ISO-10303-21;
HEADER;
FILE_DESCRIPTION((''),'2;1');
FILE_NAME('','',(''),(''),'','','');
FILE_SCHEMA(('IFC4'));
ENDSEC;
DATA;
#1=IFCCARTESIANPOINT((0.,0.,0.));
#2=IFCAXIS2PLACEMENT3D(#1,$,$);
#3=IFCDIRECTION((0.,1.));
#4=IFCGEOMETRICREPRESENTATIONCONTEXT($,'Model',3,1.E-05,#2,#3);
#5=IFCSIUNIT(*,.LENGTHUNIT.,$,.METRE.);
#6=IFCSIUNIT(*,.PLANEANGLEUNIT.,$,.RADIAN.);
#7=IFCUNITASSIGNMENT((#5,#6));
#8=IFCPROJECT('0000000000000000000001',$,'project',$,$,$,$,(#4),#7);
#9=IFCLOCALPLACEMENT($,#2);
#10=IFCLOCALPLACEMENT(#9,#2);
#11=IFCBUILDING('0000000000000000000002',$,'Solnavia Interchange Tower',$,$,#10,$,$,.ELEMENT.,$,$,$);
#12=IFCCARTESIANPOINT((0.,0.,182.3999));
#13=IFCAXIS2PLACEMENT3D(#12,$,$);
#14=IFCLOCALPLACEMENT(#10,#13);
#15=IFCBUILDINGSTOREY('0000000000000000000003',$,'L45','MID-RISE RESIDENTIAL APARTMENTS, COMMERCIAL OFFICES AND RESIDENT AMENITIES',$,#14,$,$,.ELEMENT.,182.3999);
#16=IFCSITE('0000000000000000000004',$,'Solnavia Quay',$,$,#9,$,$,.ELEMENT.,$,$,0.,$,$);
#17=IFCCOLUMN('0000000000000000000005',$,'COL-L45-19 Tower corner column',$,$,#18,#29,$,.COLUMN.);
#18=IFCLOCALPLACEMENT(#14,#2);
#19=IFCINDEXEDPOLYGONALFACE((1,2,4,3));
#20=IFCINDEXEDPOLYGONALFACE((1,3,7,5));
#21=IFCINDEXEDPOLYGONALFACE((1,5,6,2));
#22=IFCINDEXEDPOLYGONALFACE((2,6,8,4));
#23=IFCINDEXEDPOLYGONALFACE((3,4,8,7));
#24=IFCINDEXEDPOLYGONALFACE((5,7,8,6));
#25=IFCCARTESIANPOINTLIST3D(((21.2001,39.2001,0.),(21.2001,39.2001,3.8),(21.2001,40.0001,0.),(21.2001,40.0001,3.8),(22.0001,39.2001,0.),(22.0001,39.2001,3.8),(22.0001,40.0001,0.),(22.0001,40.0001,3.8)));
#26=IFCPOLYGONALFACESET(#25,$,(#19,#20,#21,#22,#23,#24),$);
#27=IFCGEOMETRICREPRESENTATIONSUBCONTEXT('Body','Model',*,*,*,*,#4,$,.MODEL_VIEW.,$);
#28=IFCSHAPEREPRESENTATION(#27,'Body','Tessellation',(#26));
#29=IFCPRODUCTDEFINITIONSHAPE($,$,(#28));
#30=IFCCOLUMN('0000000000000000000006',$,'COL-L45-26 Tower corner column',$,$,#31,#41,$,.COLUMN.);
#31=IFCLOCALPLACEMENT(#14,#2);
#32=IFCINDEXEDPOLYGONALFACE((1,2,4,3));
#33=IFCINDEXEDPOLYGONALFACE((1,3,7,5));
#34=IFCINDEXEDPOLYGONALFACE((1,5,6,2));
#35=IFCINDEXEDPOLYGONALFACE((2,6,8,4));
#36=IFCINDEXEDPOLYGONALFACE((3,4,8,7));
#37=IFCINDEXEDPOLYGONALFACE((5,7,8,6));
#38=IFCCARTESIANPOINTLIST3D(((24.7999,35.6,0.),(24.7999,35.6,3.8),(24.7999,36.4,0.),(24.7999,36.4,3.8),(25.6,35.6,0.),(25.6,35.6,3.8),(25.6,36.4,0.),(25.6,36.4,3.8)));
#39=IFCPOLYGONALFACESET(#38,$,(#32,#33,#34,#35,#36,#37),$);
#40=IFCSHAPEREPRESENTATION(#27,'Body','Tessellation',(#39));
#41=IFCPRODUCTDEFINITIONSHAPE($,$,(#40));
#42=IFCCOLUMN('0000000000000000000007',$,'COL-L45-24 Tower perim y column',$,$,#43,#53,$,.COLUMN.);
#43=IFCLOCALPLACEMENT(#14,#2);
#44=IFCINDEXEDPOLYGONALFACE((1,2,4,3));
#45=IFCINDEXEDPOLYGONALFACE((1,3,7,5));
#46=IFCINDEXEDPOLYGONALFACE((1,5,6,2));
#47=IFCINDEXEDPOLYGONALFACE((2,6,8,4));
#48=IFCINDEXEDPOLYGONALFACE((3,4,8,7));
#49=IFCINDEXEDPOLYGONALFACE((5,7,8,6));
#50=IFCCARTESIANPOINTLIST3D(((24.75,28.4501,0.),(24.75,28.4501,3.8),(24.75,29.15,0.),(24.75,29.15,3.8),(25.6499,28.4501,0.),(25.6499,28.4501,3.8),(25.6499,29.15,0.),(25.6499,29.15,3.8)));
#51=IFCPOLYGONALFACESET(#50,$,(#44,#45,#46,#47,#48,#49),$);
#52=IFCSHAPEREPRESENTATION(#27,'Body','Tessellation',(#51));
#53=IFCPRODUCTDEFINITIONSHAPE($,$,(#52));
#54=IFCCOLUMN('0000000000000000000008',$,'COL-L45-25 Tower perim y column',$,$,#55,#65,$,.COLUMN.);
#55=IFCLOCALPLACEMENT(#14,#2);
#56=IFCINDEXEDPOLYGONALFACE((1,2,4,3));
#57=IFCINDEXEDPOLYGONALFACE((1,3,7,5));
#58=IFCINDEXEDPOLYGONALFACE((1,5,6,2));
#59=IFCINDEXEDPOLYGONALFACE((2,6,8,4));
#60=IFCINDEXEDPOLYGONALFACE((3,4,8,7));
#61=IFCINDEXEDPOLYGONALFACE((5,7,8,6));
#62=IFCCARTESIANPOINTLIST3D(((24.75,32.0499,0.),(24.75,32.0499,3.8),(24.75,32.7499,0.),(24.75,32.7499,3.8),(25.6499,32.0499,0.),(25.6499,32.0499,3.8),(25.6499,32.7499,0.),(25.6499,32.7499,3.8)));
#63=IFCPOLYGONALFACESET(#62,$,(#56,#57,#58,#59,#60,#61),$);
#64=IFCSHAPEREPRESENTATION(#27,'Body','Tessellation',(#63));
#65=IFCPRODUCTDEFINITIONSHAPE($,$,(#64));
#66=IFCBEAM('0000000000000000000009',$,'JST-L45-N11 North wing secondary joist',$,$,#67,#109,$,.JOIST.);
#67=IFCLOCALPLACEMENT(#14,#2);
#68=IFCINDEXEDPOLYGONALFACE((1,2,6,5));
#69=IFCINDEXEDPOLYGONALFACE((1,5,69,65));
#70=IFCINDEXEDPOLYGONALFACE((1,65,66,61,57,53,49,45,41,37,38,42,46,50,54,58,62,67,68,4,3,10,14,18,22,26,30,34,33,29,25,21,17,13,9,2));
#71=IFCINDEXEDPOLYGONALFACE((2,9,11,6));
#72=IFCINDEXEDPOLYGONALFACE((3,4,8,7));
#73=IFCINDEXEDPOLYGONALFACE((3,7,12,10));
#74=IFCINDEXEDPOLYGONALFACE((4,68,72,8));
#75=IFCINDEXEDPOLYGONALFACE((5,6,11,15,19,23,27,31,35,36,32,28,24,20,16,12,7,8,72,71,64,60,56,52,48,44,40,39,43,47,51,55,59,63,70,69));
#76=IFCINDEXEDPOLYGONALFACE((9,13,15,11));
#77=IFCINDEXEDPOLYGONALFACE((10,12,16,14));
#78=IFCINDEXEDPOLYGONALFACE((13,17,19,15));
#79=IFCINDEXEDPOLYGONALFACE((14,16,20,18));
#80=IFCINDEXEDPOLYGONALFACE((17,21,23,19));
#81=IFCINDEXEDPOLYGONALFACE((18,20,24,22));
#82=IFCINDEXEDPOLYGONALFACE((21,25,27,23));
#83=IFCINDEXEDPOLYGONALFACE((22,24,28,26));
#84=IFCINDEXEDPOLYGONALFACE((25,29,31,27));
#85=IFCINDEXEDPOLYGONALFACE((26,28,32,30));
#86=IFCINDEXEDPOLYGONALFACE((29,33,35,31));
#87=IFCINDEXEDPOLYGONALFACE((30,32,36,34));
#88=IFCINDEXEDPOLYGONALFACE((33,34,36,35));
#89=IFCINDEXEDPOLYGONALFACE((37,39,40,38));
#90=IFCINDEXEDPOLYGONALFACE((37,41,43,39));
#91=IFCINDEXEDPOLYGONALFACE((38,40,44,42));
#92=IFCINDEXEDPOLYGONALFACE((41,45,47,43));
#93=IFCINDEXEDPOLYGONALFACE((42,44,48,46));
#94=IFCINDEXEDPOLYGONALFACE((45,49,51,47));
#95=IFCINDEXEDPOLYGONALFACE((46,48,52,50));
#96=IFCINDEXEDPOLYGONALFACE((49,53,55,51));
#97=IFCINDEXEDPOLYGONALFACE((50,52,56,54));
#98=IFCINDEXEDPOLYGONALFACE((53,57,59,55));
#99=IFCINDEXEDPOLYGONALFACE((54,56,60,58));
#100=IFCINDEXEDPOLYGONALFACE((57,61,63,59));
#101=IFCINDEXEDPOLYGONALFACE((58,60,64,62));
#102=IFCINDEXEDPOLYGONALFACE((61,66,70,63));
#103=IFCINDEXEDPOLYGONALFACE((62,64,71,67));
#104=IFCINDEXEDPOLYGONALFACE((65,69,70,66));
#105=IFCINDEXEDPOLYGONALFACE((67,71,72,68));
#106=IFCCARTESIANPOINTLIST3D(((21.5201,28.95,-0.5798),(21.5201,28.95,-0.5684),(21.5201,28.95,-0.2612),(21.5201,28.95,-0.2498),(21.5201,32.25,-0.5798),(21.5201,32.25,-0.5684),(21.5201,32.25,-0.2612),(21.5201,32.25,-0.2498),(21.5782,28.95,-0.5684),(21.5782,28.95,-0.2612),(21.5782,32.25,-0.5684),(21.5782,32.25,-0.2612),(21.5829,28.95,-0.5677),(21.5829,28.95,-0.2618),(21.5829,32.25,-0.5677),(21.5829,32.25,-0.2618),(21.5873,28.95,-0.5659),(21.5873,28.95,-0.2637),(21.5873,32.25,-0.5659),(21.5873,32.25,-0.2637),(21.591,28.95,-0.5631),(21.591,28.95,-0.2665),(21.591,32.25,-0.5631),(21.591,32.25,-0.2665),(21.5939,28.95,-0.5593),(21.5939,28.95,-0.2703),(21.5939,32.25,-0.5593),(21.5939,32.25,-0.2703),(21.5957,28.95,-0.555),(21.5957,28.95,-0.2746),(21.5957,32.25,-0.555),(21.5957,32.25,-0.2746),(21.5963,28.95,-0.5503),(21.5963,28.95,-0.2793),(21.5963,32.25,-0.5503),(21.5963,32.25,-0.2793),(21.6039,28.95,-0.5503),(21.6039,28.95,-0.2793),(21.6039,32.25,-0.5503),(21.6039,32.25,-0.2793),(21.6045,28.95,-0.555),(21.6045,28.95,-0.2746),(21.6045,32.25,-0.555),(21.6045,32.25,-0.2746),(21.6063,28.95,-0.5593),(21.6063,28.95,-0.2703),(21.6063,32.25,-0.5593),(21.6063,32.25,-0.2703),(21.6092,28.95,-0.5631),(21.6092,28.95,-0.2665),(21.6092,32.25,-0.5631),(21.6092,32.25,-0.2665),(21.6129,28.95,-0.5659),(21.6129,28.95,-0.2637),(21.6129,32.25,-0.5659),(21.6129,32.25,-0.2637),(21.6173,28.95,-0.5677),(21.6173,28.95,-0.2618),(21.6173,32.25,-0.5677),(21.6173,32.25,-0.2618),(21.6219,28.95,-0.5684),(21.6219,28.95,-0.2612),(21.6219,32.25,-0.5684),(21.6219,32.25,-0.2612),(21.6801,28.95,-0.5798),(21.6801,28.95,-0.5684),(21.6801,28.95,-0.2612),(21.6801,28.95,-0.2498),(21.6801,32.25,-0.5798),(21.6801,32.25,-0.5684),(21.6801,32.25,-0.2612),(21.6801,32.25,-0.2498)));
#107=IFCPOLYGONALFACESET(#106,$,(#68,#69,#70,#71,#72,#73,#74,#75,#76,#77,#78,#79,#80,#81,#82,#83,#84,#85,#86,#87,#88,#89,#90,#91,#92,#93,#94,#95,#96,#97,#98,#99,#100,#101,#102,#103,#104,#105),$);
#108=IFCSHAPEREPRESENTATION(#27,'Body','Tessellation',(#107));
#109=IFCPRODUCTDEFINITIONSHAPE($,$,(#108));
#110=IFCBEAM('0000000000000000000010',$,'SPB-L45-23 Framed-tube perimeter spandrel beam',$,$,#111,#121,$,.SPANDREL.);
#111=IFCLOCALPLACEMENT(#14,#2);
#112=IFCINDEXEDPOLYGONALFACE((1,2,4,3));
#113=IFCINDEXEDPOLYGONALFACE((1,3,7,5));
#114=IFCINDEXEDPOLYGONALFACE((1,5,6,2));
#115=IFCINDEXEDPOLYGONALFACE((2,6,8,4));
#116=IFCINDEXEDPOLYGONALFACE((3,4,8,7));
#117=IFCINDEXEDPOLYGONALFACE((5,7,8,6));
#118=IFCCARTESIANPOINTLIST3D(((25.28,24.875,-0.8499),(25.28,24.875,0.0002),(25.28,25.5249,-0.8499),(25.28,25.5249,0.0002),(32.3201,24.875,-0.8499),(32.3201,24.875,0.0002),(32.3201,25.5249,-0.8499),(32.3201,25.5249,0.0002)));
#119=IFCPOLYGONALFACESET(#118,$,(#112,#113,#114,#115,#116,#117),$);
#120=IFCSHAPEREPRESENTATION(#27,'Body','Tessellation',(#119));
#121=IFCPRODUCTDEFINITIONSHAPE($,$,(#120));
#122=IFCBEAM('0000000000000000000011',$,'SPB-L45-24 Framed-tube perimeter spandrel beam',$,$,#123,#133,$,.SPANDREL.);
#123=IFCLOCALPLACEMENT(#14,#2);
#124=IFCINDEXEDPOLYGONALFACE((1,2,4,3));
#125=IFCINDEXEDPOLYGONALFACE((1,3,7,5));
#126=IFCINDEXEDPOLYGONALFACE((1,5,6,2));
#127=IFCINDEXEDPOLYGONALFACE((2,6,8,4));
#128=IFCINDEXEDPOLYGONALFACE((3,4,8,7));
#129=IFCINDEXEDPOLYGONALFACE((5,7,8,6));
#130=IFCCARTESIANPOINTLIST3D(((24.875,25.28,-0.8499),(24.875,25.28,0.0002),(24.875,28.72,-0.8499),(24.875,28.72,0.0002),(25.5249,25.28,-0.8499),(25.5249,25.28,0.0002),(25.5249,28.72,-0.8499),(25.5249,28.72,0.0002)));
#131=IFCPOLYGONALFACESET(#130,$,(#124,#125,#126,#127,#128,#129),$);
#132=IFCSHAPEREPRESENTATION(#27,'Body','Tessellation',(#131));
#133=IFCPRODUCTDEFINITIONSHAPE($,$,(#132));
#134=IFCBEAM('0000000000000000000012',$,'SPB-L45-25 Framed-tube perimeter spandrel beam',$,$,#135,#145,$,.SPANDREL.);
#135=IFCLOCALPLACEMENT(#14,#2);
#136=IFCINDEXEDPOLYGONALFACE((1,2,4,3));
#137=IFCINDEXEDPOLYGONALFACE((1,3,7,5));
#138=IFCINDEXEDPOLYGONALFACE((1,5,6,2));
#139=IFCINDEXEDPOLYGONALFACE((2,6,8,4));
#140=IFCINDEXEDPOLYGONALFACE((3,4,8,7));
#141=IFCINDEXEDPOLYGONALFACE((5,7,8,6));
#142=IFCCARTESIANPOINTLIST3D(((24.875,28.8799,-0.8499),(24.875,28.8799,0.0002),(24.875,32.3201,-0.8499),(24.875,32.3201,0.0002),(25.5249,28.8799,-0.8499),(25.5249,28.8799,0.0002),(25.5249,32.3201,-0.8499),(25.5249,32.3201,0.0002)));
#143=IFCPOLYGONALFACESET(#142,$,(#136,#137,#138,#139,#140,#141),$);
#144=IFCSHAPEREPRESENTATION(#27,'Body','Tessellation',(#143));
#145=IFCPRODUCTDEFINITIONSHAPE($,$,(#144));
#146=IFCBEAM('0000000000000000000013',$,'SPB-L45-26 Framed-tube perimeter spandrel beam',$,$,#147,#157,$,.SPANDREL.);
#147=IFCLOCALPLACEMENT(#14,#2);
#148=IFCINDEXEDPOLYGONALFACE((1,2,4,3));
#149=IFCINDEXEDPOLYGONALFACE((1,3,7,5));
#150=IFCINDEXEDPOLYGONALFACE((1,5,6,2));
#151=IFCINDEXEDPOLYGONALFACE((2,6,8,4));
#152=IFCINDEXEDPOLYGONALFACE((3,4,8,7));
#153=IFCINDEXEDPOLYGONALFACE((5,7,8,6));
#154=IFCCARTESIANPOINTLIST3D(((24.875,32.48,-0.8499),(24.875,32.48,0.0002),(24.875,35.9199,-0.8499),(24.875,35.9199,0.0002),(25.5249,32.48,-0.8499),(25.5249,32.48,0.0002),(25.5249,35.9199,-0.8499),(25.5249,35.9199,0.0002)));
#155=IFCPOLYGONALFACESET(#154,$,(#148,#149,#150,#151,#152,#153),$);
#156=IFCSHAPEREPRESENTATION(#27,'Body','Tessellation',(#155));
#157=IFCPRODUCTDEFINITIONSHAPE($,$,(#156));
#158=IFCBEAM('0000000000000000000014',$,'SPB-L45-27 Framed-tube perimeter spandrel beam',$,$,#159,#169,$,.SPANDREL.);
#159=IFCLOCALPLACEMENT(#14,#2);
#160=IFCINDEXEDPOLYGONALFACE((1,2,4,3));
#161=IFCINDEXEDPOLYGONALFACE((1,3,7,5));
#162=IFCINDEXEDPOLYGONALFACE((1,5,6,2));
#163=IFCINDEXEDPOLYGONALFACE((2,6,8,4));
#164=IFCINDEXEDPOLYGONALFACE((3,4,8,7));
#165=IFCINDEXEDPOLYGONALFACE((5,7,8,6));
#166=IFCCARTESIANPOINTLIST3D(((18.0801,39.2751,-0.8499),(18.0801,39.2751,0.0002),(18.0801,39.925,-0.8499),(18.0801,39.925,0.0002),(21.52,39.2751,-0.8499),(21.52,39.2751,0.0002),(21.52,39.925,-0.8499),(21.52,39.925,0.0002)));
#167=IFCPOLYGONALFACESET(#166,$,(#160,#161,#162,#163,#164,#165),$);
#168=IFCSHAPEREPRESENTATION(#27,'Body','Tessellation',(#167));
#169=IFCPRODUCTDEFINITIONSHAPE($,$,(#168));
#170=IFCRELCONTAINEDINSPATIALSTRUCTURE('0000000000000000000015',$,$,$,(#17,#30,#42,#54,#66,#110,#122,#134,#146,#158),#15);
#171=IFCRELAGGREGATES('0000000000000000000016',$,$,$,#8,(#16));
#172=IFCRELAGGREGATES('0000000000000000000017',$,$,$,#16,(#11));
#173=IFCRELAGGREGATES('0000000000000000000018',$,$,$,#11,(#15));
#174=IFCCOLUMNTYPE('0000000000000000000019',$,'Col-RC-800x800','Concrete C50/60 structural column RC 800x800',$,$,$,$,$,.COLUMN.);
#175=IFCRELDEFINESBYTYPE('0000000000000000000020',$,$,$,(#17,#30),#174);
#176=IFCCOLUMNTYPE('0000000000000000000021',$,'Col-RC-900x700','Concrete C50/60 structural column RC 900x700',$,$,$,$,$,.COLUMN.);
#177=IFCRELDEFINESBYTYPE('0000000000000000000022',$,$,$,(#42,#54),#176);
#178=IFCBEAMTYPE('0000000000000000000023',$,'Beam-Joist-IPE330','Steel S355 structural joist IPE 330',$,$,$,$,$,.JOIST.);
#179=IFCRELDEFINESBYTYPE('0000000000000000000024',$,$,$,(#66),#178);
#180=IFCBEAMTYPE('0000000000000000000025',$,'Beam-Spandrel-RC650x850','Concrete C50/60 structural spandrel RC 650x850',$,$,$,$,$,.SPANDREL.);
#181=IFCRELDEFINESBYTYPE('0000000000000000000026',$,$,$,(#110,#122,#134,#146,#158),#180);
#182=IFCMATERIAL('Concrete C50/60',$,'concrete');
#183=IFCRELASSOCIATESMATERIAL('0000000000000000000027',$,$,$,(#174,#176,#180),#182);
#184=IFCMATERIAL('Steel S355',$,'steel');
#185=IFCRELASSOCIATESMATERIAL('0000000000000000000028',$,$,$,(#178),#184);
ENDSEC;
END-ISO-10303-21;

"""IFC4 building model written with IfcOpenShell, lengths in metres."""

from ifc_helpers import new_model, si_unit, direction, frame, origin, origin_2d, place, context, subcontext, project, spatial, rectangle, i_section, extrude, material, material_profile, profile_set, type_object, element, save


model = new_model("IFC4")

# Units and contexts
model_context = context("Model", 3, precision=1e-05, world=origin(), true_north=direction((0.0, 1.0)))
body_context = subcontext(model_context, "Body", "Model", "MODEL_VIEW")
ifc_project = project(units=[si_unit("LENGTHUNIT", "METRE"), si_unit("PLANEANGLEUNIT", "RADIAN")], contexts=[model_context])

# Site, building, storey
site_placement = place(None, origin())
site = spatial("IfcSite", under=ifc_project, at=site_placement, Name="Solnavia Quay", CompositionType="ELEMENT", RefElevation=0.0)
building_placement = place(site_placement, origin())
building = spatial("IfcBuilding", under=site, at=building_placement, Name="Solnavia Interchange Tower", CompositionType="ELEMENT")
storey_placement = place(building_placement, frame((0.0, 0.0, 182.3999)))
storey = spatial("IfcBuildingStorey", under=building, at=storey_placement, Name="L45", Description="MID-RISE RESIDENTIAL APARTMENTS, COMMERCIAL OFFICES AND RESIDENT AMENITIES", CompositionType="ELEMENT", Elevation=182.3999)

# Columns
ifc_material_1 = material(Name="Concrete C50/60", Category="concrete")
ifc_material_profile_1 = material_profile(ifc_material_1, rectangle(XDim=0.8, YDim=0.8, at=origin_2d()), Name="RC 800x800")
ifc_profile_set_1 = profile_set([ifc_material_profile_1], Name="Concrete C50/60")
column_type_1 = type_object("IfcColumnType", Name="Col-RC-800x800", Description="Concrete C50/60 structural column RC 800x800", PredefinedType="COLUMN", material=ifc_profile_set_1)
for number, where, z_axis, x_axis, name in (
    (1, (21.6001, 39.6001, 0.0), (0.0, 0.0, 1.0), (1.0, 0.0, 0.0), "COL-L45-19 Tower corner column"),
    (2, (25.2, 36.0, 0.0), (0.0, 0.0, 1.0), (0.0, 1.0, 0.0), "COL-L45-26 Tower corner column"),
):
    element("IfcColumn", number, at=place(storey_placement, frame(where, z_axis=z_axis, x_axis=x_axis)), inside=storey, type_object=column_type_1, Name=name, PredefinedType="COLUMN", context=body_context, shape_type="SweptSolid", body=[
        extrude(rectangle(XDim=0.8, YDim=0.8, at=origin_2d()), origin(), (0.0, 0.0, 1.0), 3.8),
    ])
ifc_material_profile_2 = material_profile(ifc_material_1, rectangle(XDim=0.7, YDim=0.8999, at=origin_2d()), Name="RC 900x700")
ifc_profile_set_2 = profile_set([ifc_material_profile_2], Name="Concrete C50/60")
column_type_2 = type_object("IfcColumnType", Name="Col-RC-900x700", Description="Concrete C50/60 structural column RC 900x700", PredefinedType="COLUMN", material=ifc_profile_set_2)
for number, where, z_axis, x_axis, name in (
    (3, (25.2, 28.8, 0.0), (0.0, 0.0, 1.0), (0.0, 1.0, 0.0), "COL-L45-24 Tower perim y column"),
    (4, (25.2, 32.3999, 0.0), (0.0, 0.0, 1.0), (0.0, 1.0, 0.0), "COL-L45-25 Tower perim y column"),
):
    element("IfcColumn", number, at=place(storey_placement, frame(where, z_axis=z_axis, x_axis=x_axis)), inside=storey, type_object=column_type_2, Name=name, PredefinedType="COLUMN", context=body_context, shape_type="SweptSolid", body=[
        extrude(rectangle(XDim=0.7, YDim=0.8999, at=origin_2d()), origin(), (0.0, 0.0, 1.0), 3.8),
    ])

# Beams
ifc_material_2 = material(Name="Steel S355", Category="steel")
ifc_material_profile_3 = material_profile(ifc_material_2, i_section(OverallWidth=0.1599, OverallDepth=0.3301, WebThickness=0.0076, FlangeThickness=0.0115, FilletRadius=0.0181, at=origin_2d()), Name="IPE 330")
ifc_profile_set_3 = profile_set([ifc_material_profile_3], Name="Steel S355")
beam_type_1 = type_object("IfcBeamType", Name="Beam-Joist-IPE330", Description="Steel S355 structural joist IPE 330", PredefinedType="JOIST", material=ifc_profile_set_3)
beam_1_placement = place(storey_placement, frame((21.6001, 28.95, -0.4148), z_axis=(0.0, 1.0, 0.0), x_axis=(-1.0, 0.0, 0.0)))
element("IfcBeam", 5, at=beam_1_placement, inside=storey, type_object=beam_type_1, Name="JST-L45-N11 North wing secondary joist", PredefinedType="JOIST", context=body_context, shape_type="SweptSolid", body=[
    extrude(i_section(OverallWidth=0.1599, OverallDepth=0.3301, WebThickness=0.0076, FlangeThickness=0.0115, FilletRadius=0.0181, at=origin_2d()), origin(), (0.0, 0.0, 1.0), 3.3),
])
ifc_material_profile_4 = material_profile(ifc_material_1, rectangle(XDim=0.6499, YDim=0.8501, at=origin_2d()), Name="RC 650x850")
ifc_profile_set_4 = profile_set([ifc_material_profile_4], Name="Concrete C50/60")
beam_type_2 = type_object("IfcBeamType", Name="Beam-Spandrel-RC650x850", Description="Concrete C50/60 structural spandrel RC 650x850", PredefinedType="SPANDREL", material=ifc_profile_set_4)
beam_2_placement = place(storey_placement, frame((32.3201, 25.2, -0.4248), z_axis=(-1.0, 0.0, 0.0), x_axis=(0.0, -1.0, 0.0)))
element("IfcBeam", 6, at=beam_2_placement, inside=storey, type_object=beam_type_2, Name="SPB-L45-23 Framed-tube perimeter spandrel beam", PredefinedType="SPANDREL", context=body_context, shape_type="SweptSolid", body=[
    extrude(rectangle(XDim=0.6499, YDim=0.8501, at=origin_2d()), origin(), (0.0, 0.0, 1.0), 7.04),
])
beam_3_placement = place(storey_placement, frame((25.2, 25.28, -0.4248), z_axis=(0.0, 1.0, 0.0), x_axis=(-1.0, 0.0, 0.0)))
element("IfcBeam", 7, at=beam_3_placement, inside=storey, type_object=beam_type_2, Name="SPB-L45-24 Framed-tube perimeter spandrel beam", PredefinedType="SPANDREL", context=body_context, shape_type="SweptSolid", body=[
    extrude(rectangle(XDim=0.6499, YDim=0.8501, at=origin_2d()), origin(), (0.0, 0.0, 1.0), 3.4399),
])
beam_4_placement = place(storey_placement, frame((25.2, 28.8799, -0.4248), z_axis=(0.0, 1.0, 0.0), x_axis=(-1.0, 0.0, 0.0)))
element("IfcBeam", 8, at=beam_4_placement, inside=storey, type_object=beam_type_2, Name="SPB-L45-25 Framed-tube perimeter spandrel beam", PredefinedType="SPANDREL", context=body_context, shape_type="SweptSolid", body=[
    extrude(rectangle(XDim=0.6499, YDim=0.8501, at=origin_2d()), origin(), (0.0, 0.0, 1.0), 3.4402),
])
for number, where, z_axis, x_axis, name in (
    (9, (25.2, 32.48, -0.4248), (0.0, 1.0, 0.0), (-1.0, 0.0, 0.0), "SPB-L45-26 Framed-tube perimeter spandrel beam"),
    (10, (21.52, 39.6001, -0.4248), (-1.0, 0.0, 0.0), (0.0, -1.0, 0.0), "SPB-L45-27 Framed-tube perimeter spandrel beam"),
):
    element("IfcBeam", number, at=place(storey_placement, frame(where, z_axis=z_axis, x_axis=x_axis)), inside=storey, type_object=beam_type_2, Name=name, PredefinedType="SPANDREL", context=body_context, shape_type="SweptSolid", body=[
        extrude(rectangle(XDim=0.6499, YDim=0.8501, at=origin_2d()), origin(), (0.0, 0.0, 1.0), 3.4399),
    ])

save(model, "model.ifc")
